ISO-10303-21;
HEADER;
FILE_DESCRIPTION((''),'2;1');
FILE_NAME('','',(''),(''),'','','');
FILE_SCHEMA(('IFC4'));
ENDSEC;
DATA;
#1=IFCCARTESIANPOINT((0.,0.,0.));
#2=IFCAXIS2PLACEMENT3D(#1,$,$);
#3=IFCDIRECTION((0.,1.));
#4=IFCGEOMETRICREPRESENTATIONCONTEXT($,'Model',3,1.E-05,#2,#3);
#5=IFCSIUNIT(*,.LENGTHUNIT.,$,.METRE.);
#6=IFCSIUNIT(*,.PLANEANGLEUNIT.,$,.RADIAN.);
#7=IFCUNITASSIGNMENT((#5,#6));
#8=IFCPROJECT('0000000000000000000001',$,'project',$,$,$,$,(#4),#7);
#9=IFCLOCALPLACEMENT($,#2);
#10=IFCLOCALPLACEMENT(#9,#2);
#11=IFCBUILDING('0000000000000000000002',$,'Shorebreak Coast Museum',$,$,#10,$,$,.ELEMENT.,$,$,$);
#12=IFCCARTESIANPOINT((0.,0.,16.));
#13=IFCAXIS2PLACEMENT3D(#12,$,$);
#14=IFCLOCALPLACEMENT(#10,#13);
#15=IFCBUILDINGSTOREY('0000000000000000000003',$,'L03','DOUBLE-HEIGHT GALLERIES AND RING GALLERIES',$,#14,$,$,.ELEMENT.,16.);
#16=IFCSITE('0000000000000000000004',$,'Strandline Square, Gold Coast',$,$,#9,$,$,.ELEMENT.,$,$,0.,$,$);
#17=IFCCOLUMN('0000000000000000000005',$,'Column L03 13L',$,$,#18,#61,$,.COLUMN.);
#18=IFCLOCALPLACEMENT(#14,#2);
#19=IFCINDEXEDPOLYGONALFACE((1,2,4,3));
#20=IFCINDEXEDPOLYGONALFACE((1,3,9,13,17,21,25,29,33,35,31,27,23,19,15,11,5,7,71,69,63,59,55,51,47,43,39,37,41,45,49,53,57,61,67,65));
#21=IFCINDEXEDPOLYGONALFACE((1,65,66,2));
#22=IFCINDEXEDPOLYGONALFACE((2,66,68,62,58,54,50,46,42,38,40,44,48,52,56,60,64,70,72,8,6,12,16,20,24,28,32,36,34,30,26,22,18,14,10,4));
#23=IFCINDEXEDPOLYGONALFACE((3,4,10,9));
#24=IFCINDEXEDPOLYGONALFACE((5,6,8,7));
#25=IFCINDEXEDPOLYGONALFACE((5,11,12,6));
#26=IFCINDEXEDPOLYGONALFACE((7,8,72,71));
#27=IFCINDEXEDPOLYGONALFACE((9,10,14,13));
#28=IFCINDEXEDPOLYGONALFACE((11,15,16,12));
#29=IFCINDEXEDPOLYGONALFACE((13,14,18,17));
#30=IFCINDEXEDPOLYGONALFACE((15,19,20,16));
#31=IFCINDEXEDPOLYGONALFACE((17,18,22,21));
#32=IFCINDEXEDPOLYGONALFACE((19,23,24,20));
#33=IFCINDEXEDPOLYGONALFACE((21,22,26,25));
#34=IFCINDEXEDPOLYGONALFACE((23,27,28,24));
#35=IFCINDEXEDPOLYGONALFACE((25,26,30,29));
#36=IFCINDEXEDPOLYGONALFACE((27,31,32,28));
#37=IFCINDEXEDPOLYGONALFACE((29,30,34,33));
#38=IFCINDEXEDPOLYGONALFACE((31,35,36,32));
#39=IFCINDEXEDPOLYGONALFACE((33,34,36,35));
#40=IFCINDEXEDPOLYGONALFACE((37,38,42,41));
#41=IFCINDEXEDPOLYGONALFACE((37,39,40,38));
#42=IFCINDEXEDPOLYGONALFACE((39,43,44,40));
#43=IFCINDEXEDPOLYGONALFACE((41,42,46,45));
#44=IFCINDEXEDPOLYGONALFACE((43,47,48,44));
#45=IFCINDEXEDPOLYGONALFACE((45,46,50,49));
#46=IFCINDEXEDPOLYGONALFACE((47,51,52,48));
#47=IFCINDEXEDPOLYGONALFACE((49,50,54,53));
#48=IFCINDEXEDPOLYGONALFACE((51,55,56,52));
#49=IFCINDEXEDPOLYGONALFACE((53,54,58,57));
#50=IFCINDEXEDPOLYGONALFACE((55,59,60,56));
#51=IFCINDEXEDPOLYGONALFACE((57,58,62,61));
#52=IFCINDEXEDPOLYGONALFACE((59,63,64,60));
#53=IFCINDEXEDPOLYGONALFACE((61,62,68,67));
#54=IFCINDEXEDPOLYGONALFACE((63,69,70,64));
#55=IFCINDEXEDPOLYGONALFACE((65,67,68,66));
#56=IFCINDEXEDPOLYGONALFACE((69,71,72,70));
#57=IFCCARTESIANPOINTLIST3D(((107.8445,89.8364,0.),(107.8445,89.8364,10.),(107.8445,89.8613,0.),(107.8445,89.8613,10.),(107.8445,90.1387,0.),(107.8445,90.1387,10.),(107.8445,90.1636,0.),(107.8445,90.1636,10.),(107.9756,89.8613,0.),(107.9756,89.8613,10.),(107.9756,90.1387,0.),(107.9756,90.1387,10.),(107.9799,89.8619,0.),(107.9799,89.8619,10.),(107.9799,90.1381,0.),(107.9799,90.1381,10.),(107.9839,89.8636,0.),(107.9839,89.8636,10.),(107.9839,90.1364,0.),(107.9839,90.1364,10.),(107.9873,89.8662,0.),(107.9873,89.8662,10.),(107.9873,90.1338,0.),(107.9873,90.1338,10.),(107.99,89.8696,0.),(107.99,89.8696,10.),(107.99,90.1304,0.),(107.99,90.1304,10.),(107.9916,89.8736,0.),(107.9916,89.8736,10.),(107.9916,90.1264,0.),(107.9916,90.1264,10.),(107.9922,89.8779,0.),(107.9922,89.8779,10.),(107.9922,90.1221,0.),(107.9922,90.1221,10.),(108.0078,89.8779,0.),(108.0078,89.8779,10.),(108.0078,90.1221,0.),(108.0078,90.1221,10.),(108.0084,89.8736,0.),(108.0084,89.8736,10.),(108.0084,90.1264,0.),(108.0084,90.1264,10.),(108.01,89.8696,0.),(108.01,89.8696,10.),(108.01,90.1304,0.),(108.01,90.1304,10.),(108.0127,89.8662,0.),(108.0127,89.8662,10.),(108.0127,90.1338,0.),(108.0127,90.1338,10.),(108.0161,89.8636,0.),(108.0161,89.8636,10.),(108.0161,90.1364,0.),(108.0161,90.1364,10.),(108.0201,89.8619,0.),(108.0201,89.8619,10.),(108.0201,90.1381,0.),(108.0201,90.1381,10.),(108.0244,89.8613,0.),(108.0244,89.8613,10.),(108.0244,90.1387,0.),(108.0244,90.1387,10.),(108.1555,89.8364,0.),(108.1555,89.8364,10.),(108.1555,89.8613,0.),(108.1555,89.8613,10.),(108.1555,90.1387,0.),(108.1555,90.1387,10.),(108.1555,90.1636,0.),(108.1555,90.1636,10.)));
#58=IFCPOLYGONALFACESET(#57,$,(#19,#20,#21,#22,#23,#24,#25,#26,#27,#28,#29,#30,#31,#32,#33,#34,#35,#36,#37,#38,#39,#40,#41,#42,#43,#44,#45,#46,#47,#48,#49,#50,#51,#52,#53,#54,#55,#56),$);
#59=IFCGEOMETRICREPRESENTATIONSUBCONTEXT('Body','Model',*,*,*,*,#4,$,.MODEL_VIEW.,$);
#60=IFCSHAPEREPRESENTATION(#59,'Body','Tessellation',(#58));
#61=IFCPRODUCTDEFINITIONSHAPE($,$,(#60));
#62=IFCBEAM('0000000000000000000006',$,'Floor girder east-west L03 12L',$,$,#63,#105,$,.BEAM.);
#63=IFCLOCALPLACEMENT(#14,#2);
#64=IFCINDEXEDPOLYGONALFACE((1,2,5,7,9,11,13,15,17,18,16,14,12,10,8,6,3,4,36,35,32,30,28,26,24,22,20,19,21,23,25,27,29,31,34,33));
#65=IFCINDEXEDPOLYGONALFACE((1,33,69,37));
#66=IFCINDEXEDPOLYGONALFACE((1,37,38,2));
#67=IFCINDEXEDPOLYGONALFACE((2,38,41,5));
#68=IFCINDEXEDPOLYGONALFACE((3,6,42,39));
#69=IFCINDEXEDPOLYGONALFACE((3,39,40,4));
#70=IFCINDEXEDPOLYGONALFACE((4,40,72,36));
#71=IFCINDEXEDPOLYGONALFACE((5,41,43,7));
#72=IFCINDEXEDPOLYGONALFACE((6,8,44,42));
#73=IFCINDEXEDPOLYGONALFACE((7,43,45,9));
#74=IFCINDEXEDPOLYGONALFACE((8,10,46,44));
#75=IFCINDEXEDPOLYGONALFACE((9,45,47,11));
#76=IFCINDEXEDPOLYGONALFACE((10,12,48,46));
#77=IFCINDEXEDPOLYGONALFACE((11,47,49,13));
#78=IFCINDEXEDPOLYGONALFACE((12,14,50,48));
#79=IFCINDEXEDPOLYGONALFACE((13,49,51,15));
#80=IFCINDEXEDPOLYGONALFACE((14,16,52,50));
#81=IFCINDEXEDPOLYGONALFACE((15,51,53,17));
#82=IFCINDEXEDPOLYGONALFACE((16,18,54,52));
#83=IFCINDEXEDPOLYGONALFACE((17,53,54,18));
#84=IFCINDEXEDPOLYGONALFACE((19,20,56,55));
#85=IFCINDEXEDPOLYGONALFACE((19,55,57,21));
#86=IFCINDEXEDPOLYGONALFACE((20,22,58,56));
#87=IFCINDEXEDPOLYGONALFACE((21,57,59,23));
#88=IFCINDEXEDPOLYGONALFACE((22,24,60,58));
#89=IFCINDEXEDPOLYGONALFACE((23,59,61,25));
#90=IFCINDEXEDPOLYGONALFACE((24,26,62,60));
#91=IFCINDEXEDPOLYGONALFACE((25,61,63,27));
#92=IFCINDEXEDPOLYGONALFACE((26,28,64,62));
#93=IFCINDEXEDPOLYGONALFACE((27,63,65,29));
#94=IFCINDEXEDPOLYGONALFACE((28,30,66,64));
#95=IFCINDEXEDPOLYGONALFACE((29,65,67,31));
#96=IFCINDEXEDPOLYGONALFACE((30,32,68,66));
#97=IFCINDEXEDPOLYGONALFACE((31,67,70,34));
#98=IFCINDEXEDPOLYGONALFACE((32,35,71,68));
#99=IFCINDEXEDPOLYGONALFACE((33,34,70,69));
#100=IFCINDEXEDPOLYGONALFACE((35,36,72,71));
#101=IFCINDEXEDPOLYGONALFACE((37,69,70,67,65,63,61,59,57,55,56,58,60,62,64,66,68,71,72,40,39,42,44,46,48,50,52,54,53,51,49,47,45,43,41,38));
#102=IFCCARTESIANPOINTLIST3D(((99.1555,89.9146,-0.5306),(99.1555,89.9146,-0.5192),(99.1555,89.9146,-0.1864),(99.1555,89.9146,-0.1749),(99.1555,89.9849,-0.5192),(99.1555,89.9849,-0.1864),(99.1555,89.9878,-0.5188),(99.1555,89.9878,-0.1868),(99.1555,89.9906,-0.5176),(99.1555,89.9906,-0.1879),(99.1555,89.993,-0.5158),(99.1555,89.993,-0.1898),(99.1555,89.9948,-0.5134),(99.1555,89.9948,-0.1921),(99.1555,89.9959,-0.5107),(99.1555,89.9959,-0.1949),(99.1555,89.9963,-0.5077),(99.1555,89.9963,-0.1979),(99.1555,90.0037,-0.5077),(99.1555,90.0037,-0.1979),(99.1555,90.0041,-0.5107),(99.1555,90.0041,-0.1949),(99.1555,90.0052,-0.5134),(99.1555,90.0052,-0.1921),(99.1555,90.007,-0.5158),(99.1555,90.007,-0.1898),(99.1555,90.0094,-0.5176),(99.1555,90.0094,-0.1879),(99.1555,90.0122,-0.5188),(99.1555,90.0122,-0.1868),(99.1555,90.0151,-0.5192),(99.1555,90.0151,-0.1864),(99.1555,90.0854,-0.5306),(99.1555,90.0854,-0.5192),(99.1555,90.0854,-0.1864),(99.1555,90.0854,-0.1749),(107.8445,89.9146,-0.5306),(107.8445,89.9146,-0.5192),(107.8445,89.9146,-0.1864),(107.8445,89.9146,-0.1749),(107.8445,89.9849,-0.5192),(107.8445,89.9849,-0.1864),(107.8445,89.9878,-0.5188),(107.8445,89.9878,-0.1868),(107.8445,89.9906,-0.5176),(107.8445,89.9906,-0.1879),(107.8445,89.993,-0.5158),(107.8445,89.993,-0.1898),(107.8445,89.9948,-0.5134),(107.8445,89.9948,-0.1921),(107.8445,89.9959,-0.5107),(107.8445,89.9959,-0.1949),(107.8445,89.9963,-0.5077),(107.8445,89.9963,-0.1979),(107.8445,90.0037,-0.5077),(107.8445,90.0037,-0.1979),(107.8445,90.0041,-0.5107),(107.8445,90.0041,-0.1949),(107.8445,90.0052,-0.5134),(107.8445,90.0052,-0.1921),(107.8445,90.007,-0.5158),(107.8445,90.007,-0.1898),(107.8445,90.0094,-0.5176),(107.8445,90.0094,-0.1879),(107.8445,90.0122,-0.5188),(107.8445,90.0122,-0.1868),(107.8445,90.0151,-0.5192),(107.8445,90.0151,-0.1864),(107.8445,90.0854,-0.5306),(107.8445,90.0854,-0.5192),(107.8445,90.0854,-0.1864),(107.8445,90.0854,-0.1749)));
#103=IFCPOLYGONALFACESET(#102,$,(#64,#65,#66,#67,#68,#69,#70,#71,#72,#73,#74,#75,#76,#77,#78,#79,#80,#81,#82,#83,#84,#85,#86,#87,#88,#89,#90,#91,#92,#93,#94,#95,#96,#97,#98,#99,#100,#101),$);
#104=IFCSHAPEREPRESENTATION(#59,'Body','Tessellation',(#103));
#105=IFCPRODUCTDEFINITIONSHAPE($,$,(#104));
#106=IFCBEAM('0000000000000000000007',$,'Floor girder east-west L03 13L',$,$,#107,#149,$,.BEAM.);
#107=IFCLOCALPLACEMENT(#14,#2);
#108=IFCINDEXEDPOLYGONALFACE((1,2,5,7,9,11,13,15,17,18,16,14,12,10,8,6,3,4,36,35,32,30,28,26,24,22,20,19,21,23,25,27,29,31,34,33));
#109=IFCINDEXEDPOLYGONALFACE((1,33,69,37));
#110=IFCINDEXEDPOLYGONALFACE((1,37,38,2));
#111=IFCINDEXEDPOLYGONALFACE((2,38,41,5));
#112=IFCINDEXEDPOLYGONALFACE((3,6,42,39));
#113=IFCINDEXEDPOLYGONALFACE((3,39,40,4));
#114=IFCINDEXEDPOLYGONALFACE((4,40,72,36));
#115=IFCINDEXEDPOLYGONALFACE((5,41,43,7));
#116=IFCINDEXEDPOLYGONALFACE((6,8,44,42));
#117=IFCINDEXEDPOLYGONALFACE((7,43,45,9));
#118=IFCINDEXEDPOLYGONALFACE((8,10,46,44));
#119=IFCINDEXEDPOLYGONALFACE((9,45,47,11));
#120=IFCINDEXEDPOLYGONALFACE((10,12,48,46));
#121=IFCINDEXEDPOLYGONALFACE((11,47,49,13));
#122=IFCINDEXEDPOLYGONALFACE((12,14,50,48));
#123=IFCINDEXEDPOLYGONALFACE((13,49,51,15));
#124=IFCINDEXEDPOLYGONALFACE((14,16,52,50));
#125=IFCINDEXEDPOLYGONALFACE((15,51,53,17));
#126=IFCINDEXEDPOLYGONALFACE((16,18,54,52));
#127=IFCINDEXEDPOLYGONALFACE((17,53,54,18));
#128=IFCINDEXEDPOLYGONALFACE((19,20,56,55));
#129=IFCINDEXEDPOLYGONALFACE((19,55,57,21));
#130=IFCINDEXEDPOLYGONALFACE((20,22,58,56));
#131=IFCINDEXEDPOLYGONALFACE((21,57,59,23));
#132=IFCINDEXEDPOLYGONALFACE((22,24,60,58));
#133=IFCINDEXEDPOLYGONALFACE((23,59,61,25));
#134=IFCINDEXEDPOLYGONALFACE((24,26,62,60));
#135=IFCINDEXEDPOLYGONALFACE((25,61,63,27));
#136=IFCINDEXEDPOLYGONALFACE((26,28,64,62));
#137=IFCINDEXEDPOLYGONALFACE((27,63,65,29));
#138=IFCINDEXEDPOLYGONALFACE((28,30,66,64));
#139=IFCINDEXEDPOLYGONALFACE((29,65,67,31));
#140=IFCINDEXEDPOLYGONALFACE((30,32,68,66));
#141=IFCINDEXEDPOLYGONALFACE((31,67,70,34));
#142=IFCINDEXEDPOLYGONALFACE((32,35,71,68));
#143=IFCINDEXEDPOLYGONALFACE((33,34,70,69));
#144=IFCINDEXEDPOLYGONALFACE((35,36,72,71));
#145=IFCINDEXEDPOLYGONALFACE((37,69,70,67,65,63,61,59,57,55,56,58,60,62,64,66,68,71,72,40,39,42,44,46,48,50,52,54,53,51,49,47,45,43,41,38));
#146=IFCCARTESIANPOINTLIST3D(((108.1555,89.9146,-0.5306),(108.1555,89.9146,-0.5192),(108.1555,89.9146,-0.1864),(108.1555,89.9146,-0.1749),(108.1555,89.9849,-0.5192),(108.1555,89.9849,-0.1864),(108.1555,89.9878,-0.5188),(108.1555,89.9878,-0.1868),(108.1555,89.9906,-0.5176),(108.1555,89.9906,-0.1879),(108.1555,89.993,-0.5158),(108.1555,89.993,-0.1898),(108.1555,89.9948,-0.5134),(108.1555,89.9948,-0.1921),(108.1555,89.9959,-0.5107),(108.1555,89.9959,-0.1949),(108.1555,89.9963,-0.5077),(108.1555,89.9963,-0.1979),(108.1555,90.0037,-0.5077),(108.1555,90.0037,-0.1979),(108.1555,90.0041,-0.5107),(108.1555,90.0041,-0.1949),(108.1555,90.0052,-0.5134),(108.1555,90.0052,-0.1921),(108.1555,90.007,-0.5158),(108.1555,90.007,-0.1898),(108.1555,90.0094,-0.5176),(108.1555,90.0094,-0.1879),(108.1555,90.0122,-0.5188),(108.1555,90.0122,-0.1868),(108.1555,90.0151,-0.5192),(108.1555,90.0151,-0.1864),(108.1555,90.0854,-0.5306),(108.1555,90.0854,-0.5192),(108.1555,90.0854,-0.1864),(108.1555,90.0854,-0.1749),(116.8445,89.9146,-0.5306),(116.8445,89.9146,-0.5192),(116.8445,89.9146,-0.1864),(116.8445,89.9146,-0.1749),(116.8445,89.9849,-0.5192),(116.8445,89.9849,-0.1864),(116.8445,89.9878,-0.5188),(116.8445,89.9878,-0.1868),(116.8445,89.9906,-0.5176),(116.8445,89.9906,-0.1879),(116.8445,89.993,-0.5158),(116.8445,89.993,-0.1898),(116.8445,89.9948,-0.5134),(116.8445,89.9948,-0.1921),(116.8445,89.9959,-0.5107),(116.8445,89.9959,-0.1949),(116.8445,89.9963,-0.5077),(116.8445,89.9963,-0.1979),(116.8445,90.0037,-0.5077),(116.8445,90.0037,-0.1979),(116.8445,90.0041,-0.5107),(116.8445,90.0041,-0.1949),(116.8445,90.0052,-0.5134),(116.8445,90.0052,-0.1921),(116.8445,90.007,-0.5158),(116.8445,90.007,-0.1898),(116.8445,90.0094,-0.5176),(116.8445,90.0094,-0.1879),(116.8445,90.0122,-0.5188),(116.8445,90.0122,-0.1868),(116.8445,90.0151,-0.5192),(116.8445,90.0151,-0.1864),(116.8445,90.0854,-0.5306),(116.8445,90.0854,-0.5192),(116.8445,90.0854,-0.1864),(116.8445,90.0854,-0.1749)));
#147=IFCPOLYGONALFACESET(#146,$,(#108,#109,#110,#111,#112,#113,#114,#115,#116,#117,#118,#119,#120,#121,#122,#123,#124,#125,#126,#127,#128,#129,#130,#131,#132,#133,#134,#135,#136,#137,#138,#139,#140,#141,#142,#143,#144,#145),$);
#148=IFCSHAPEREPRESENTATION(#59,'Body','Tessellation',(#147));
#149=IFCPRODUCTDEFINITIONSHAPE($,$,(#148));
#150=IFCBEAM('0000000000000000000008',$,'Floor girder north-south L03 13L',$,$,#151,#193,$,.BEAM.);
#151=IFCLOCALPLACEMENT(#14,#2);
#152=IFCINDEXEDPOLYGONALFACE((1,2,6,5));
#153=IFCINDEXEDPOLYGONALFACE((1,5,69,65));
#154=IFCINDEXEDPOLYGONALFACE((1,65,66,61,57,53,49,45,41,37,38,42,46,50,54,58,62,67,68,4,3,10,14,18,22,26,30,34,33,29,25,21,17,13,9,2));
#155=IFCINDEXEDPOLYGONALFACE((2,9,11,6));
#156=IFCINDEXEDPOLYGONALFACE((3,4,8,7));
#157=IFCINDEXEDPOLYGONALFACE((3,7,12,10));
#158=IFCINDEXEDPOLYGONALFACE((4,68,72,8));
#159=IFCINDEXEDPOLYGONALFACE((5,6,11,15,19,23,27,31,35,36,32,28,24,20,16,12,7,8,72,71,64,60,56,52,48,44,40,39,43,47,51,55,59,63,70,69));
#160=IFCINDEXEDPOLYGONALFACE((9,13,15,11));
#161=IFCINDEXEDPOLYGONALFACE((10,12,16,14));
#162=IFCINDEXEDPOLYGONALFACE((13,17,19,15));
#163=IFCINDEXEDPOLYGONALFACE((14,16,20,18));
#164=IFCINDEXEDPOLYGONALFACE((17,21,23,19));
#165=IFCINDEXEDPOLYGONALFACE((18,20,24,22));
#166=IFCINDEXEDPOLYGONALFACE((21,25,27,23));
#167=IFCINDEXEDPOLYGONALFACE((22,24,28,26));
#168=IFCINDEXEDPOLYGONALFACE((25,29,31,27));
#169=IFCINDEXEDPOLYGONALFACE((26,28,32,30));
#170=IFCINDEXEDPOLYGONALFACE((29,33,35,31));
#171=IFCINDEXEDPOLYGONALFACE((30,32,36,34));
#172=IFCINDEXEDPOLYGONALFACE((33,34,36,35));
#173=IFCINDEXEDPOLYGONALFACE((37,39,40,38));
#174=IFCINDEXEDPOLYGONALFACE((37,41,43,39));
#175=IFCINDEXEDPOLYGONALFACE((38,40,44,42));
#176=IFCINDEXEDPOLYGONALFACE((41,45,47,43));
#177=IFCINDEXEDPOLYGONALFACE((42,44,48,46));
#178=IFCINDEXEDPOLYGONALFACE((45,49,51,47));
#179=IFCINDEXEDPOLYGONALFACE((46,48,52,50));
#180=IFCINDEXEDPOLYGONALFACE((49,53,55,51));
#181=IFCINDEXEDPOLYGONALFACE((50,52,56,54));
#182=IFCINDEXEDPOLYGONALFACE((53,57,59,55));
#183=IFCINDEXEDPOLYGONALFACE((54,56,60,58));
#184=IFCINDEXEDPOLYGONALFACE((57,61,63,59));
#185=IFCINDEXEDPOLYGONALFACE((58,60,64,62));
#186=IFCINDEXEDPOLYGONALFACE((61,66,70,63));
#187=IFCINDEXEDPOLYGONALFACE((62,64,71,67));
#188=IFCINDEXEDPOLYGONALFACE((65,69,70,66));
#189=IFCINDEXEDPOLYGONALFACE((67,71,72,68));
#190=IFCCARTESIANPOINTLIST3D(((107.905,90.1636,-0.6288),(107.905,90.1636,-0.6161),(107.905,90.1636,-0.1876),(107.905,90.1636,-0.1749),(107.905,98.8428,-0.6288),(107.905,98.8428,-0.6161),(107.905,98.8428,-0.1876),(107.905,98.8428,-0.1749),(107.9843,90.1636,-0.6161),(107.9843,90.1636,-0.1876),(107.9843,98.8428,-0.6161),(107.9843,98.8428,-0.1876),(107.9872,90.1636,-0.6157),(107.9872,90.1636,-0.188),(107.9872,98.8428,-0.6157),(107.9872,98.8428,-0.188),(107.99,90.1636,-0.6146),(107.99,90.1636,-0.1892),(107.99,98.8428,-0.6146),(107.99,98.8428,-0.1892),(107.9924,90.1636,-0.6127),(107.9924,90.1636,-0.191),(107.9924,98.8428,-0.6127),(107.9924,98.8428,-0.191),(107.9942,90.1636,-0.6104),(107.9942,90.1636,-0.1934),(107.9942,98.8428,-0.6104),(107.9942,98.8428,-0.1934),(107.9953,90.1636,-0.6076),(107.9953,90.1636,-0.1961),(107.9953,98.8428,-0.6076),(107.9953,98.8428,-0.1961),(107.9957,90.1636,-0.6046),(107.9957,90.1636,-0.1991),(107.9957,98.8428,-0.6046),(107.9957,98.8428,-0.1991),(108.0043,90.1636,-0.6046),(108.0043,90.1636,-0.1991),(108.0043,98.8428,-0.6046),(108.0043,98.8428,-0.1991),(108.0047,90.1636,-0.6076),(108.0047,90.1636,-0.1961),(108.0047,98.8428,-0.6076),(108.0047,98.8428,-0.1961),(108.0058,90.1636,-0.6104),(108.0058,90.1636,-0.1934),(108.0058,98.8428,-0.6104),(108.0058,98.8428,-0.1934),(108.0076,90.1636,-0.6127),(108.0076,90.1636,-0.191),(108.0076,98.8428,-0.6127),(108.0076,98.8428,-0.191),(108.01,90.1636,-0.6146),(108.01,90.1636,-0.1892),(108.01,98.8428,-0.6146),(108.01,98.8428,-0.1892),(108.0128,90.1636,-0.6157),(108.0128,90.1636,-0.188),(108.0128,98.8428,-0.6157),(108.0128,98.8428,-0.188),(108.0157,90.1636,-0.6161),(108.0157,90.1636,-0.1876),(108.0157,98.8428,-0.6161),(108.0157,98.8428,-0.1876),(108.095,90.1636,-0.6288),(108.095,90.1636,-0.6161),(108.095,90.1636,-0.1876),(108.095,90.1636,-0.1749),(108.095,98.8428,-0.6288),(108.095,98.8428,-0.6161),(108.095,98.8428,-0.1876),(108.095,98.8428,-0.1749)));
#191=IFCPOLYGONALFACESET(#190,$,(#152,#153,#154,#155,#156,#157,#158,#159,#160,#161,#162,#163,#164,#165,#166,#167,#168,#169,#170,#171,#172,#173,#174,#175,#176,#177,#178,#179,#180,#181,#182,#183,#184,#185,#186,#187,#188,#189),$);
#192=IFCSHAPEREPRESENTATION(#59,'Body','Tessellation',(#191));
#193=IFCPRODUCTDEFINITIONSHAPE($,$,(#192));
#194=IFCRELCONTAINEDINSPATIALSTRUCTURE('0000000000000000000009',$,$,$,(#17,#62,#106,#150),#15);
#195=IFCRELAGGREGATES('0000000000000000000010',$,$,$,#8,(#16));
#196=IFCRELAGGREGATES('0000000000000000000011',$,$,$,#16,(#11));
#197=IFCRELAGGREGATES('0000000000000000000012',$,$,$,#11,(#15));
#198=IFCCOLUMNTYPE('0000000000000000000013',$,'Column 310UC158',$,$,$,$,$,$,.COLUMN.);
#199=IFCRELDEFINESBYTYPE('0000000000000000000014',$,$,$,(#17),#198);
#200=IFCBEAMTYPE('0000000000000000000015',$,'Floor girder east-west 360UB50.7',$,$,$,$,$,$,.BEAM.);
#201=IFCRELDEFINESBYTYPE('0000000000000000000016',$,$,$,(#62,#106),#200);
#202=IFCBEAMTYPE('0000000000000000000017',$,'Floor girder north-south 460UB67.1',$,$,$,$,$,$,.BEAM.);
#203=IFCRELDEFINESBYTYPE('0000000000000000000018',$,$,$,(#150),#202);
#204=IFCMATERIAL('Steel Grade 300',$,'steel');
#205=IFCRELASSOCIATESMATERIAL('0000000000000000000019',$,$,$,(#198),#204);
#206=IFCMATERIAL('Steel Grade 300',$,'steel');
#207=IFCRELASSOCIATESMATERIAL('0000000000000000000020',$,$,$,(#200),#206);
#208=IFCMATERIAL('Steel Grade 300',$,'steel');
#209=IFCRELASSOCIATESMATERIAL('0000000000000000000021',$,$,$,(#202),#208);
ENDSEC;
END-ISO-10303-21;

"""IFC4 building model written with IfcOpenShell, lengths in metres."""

from ifc_helpers import new_model, si_unit, direction, frame, origin, origin_2d, place, context, subcontext, project, spatial, i_section, extrude, material, material_profile, profile_set, type_object, element, save


model = new_model("IFC4")

# Units and contexts
model_context = context("Model", 3, precision=1e-05, world=origin(), true_north=direction((0.0, 1.0)))
body_context = subcontext(model_context, "Body", "Model", "MODEL_VIEW")
ifc_project = project(units=[si_unit("LENGTHUNIT", "METRE"), si_unit("PLANEANGLEUNIT", "RADIAN")], contexts=[model_context])

# Site, building, storey
site_placement = place(None, origin())
site = spatial("IfcSite", under=ifc_project, at=site_placement, Name="Strandline Square, Gold Coast", CompositionType="ELEMENT", RefElevation=0.0)
building_placement = place(site_placement, origin())
building = spatial("IfcBuilding", under=site, at=building_placement, Name="Shorebreak Coast Museum", CompositionType="ELEMENT")
storey_placement = place(building_placement, frame((0.0, 0.0, 16.0)))
storey = spatial("IfcBuildingStorey", under=building, at=storey_placement, Name="L03", Description="DOUBLE-HEIGHT GALLERIES AND RING GALLERIES", CompositionType="ELEMENT", Elevation=16.0)

# Column
ifc_material_1 = material(Name="Steel Grade 300", Category="steel")
ifc_material_profile_1 = material_profile(ifc_material_1, i_section(OverallWidth=0.311, OverallDepth=0.3271, WebThickness=0.0156, FlangeThickness=0.0249, FilletRadius=0.0166, at=origin_2d()), Name="310UC158")
ifc_profile_set_1 = profile_set([ifc_material_profile_1], Name="Steel Grade 300")
column_type = type_object("IfcColumnType", Name="Column 310UC158", PredefinedType="COLUMN", material=ifc_profile_set_1)
column_placement = place(storey_placement, frame((108.0, 90.0, 0.0), z_axis=(0.0, 0.0, 1.0), x_axis=(1.0, 0.0, 0.0)))
element("IfcColumn", 1, at=column_placement, inside=storey, type_object=column_type, Name="Column L03 13L", PredefinedType="COLUMN", context=body_context, shape_type="SweptSolid", body=[
    extrude(i_section(OverallWidth=0.311, OverallDepth=0.3271, WebThickness=0.0156, FlangeThickness=0.0249, FilletRadius=0.0166, at=origin_2d()), origin(), (0.0, 0.0, 1.0), 10.0),
])

# Beams
ifc_material_2 = material(Name="Steel Grade 300", Category="steel")
ifc_material_profile_2 = material_profile(ifc_material_2, i_section(OverallWidth=0.1709, OverallDepth=0.3557, WebThickness=0.0073, FlangeThickness=0.0115, FilletRadius=0.0115, at=origin_2d()), Name="360UB50.7")
ifc_profile_set_2 = profile_set([ifc_material_profile_2], Name="Steel Grade 300")
beam_type_1 = type_object("IfcBeamType", Name="Floor girder east-west 360UB50.7", PredefinedType="BEAM", material=ifc_profile_set_2)
for number, where, z_axis, x_axis, name in (
    (2, (99.1555, 90.0, -0.3528), (1.0, 0.0, 0.0), (0.0, 1.0, 0.0), "Floor girder east-west L03 12L"),
    (3, (108.1555, 90.0, -0.3528), (1.0, 0.0, 0.0), (0.0, 1.0, 0.0), "Floor girder east-west L03 13L"),
):
    element("IfcBeam", number, at=place(storey_placement, frame(where, z_axis=z_axis, x_axis=x_axis)), inside=storey, type_object=beam_type_1, Name=name, PredefinedType="BEAM", context=body_context, shape_type="SweptSolid", body=[
        extrude(i_section(OverallWidth=0.1709, OverallDepth=0.3557, WebThickness=0.0073, FlangeThickness=0.0115, FilletRadius=0.0115, at=origin_2d()), origin(), (0.0, 0.0, 1.0), 8.689),
    ])
ifc_material_3 = material(Name="Steel Grade 300", Category="steel")
ifc_material_profile_3 = material_profile(ifc_material_3, i_section(OverallWidth=0.1899, OverallDepth=0.4539, WebThickness=0.0085, FlangeThickness=0.0127, FilletRadius=0.0115, at=origin_2d()), Name="460UB67.1")
ifc_profile_set_3 = profile_set([ifc_material_profile_3], Name="Steel Grade 300")
beam_type_2 = type_object("IfcBeamType", Name="Floor girder north-south 460UB67.1", PredefinedType="BEAM", material=ifc_profile_set_3)
beam_placement = place(storey_placement, frame((108.0, 90.1636, -0.4019), z_axis=(0.0, 1.0, 0.0), x_axis=(-1.0, 0.0, 0.0)))
element("IfcBeam", 4, at=beam_placement, inside=storey, type_object=beam_type_2, Name="Floor girder north-south L03 13L", PredefinedType="BEAM", context=body_context, shape_type="SweptSolid", body=[
    extrude(i_section(OverallWidth=0.1899, OverallDepth=0.4539, WebThickness=0.0085, FlangeThickness=0.0127, FilletRadius=0.0115, at=origin_2d()), origin(), (0.0, 0.0, 1.0), 8.6792),
])

save(model, "model.ifc")
